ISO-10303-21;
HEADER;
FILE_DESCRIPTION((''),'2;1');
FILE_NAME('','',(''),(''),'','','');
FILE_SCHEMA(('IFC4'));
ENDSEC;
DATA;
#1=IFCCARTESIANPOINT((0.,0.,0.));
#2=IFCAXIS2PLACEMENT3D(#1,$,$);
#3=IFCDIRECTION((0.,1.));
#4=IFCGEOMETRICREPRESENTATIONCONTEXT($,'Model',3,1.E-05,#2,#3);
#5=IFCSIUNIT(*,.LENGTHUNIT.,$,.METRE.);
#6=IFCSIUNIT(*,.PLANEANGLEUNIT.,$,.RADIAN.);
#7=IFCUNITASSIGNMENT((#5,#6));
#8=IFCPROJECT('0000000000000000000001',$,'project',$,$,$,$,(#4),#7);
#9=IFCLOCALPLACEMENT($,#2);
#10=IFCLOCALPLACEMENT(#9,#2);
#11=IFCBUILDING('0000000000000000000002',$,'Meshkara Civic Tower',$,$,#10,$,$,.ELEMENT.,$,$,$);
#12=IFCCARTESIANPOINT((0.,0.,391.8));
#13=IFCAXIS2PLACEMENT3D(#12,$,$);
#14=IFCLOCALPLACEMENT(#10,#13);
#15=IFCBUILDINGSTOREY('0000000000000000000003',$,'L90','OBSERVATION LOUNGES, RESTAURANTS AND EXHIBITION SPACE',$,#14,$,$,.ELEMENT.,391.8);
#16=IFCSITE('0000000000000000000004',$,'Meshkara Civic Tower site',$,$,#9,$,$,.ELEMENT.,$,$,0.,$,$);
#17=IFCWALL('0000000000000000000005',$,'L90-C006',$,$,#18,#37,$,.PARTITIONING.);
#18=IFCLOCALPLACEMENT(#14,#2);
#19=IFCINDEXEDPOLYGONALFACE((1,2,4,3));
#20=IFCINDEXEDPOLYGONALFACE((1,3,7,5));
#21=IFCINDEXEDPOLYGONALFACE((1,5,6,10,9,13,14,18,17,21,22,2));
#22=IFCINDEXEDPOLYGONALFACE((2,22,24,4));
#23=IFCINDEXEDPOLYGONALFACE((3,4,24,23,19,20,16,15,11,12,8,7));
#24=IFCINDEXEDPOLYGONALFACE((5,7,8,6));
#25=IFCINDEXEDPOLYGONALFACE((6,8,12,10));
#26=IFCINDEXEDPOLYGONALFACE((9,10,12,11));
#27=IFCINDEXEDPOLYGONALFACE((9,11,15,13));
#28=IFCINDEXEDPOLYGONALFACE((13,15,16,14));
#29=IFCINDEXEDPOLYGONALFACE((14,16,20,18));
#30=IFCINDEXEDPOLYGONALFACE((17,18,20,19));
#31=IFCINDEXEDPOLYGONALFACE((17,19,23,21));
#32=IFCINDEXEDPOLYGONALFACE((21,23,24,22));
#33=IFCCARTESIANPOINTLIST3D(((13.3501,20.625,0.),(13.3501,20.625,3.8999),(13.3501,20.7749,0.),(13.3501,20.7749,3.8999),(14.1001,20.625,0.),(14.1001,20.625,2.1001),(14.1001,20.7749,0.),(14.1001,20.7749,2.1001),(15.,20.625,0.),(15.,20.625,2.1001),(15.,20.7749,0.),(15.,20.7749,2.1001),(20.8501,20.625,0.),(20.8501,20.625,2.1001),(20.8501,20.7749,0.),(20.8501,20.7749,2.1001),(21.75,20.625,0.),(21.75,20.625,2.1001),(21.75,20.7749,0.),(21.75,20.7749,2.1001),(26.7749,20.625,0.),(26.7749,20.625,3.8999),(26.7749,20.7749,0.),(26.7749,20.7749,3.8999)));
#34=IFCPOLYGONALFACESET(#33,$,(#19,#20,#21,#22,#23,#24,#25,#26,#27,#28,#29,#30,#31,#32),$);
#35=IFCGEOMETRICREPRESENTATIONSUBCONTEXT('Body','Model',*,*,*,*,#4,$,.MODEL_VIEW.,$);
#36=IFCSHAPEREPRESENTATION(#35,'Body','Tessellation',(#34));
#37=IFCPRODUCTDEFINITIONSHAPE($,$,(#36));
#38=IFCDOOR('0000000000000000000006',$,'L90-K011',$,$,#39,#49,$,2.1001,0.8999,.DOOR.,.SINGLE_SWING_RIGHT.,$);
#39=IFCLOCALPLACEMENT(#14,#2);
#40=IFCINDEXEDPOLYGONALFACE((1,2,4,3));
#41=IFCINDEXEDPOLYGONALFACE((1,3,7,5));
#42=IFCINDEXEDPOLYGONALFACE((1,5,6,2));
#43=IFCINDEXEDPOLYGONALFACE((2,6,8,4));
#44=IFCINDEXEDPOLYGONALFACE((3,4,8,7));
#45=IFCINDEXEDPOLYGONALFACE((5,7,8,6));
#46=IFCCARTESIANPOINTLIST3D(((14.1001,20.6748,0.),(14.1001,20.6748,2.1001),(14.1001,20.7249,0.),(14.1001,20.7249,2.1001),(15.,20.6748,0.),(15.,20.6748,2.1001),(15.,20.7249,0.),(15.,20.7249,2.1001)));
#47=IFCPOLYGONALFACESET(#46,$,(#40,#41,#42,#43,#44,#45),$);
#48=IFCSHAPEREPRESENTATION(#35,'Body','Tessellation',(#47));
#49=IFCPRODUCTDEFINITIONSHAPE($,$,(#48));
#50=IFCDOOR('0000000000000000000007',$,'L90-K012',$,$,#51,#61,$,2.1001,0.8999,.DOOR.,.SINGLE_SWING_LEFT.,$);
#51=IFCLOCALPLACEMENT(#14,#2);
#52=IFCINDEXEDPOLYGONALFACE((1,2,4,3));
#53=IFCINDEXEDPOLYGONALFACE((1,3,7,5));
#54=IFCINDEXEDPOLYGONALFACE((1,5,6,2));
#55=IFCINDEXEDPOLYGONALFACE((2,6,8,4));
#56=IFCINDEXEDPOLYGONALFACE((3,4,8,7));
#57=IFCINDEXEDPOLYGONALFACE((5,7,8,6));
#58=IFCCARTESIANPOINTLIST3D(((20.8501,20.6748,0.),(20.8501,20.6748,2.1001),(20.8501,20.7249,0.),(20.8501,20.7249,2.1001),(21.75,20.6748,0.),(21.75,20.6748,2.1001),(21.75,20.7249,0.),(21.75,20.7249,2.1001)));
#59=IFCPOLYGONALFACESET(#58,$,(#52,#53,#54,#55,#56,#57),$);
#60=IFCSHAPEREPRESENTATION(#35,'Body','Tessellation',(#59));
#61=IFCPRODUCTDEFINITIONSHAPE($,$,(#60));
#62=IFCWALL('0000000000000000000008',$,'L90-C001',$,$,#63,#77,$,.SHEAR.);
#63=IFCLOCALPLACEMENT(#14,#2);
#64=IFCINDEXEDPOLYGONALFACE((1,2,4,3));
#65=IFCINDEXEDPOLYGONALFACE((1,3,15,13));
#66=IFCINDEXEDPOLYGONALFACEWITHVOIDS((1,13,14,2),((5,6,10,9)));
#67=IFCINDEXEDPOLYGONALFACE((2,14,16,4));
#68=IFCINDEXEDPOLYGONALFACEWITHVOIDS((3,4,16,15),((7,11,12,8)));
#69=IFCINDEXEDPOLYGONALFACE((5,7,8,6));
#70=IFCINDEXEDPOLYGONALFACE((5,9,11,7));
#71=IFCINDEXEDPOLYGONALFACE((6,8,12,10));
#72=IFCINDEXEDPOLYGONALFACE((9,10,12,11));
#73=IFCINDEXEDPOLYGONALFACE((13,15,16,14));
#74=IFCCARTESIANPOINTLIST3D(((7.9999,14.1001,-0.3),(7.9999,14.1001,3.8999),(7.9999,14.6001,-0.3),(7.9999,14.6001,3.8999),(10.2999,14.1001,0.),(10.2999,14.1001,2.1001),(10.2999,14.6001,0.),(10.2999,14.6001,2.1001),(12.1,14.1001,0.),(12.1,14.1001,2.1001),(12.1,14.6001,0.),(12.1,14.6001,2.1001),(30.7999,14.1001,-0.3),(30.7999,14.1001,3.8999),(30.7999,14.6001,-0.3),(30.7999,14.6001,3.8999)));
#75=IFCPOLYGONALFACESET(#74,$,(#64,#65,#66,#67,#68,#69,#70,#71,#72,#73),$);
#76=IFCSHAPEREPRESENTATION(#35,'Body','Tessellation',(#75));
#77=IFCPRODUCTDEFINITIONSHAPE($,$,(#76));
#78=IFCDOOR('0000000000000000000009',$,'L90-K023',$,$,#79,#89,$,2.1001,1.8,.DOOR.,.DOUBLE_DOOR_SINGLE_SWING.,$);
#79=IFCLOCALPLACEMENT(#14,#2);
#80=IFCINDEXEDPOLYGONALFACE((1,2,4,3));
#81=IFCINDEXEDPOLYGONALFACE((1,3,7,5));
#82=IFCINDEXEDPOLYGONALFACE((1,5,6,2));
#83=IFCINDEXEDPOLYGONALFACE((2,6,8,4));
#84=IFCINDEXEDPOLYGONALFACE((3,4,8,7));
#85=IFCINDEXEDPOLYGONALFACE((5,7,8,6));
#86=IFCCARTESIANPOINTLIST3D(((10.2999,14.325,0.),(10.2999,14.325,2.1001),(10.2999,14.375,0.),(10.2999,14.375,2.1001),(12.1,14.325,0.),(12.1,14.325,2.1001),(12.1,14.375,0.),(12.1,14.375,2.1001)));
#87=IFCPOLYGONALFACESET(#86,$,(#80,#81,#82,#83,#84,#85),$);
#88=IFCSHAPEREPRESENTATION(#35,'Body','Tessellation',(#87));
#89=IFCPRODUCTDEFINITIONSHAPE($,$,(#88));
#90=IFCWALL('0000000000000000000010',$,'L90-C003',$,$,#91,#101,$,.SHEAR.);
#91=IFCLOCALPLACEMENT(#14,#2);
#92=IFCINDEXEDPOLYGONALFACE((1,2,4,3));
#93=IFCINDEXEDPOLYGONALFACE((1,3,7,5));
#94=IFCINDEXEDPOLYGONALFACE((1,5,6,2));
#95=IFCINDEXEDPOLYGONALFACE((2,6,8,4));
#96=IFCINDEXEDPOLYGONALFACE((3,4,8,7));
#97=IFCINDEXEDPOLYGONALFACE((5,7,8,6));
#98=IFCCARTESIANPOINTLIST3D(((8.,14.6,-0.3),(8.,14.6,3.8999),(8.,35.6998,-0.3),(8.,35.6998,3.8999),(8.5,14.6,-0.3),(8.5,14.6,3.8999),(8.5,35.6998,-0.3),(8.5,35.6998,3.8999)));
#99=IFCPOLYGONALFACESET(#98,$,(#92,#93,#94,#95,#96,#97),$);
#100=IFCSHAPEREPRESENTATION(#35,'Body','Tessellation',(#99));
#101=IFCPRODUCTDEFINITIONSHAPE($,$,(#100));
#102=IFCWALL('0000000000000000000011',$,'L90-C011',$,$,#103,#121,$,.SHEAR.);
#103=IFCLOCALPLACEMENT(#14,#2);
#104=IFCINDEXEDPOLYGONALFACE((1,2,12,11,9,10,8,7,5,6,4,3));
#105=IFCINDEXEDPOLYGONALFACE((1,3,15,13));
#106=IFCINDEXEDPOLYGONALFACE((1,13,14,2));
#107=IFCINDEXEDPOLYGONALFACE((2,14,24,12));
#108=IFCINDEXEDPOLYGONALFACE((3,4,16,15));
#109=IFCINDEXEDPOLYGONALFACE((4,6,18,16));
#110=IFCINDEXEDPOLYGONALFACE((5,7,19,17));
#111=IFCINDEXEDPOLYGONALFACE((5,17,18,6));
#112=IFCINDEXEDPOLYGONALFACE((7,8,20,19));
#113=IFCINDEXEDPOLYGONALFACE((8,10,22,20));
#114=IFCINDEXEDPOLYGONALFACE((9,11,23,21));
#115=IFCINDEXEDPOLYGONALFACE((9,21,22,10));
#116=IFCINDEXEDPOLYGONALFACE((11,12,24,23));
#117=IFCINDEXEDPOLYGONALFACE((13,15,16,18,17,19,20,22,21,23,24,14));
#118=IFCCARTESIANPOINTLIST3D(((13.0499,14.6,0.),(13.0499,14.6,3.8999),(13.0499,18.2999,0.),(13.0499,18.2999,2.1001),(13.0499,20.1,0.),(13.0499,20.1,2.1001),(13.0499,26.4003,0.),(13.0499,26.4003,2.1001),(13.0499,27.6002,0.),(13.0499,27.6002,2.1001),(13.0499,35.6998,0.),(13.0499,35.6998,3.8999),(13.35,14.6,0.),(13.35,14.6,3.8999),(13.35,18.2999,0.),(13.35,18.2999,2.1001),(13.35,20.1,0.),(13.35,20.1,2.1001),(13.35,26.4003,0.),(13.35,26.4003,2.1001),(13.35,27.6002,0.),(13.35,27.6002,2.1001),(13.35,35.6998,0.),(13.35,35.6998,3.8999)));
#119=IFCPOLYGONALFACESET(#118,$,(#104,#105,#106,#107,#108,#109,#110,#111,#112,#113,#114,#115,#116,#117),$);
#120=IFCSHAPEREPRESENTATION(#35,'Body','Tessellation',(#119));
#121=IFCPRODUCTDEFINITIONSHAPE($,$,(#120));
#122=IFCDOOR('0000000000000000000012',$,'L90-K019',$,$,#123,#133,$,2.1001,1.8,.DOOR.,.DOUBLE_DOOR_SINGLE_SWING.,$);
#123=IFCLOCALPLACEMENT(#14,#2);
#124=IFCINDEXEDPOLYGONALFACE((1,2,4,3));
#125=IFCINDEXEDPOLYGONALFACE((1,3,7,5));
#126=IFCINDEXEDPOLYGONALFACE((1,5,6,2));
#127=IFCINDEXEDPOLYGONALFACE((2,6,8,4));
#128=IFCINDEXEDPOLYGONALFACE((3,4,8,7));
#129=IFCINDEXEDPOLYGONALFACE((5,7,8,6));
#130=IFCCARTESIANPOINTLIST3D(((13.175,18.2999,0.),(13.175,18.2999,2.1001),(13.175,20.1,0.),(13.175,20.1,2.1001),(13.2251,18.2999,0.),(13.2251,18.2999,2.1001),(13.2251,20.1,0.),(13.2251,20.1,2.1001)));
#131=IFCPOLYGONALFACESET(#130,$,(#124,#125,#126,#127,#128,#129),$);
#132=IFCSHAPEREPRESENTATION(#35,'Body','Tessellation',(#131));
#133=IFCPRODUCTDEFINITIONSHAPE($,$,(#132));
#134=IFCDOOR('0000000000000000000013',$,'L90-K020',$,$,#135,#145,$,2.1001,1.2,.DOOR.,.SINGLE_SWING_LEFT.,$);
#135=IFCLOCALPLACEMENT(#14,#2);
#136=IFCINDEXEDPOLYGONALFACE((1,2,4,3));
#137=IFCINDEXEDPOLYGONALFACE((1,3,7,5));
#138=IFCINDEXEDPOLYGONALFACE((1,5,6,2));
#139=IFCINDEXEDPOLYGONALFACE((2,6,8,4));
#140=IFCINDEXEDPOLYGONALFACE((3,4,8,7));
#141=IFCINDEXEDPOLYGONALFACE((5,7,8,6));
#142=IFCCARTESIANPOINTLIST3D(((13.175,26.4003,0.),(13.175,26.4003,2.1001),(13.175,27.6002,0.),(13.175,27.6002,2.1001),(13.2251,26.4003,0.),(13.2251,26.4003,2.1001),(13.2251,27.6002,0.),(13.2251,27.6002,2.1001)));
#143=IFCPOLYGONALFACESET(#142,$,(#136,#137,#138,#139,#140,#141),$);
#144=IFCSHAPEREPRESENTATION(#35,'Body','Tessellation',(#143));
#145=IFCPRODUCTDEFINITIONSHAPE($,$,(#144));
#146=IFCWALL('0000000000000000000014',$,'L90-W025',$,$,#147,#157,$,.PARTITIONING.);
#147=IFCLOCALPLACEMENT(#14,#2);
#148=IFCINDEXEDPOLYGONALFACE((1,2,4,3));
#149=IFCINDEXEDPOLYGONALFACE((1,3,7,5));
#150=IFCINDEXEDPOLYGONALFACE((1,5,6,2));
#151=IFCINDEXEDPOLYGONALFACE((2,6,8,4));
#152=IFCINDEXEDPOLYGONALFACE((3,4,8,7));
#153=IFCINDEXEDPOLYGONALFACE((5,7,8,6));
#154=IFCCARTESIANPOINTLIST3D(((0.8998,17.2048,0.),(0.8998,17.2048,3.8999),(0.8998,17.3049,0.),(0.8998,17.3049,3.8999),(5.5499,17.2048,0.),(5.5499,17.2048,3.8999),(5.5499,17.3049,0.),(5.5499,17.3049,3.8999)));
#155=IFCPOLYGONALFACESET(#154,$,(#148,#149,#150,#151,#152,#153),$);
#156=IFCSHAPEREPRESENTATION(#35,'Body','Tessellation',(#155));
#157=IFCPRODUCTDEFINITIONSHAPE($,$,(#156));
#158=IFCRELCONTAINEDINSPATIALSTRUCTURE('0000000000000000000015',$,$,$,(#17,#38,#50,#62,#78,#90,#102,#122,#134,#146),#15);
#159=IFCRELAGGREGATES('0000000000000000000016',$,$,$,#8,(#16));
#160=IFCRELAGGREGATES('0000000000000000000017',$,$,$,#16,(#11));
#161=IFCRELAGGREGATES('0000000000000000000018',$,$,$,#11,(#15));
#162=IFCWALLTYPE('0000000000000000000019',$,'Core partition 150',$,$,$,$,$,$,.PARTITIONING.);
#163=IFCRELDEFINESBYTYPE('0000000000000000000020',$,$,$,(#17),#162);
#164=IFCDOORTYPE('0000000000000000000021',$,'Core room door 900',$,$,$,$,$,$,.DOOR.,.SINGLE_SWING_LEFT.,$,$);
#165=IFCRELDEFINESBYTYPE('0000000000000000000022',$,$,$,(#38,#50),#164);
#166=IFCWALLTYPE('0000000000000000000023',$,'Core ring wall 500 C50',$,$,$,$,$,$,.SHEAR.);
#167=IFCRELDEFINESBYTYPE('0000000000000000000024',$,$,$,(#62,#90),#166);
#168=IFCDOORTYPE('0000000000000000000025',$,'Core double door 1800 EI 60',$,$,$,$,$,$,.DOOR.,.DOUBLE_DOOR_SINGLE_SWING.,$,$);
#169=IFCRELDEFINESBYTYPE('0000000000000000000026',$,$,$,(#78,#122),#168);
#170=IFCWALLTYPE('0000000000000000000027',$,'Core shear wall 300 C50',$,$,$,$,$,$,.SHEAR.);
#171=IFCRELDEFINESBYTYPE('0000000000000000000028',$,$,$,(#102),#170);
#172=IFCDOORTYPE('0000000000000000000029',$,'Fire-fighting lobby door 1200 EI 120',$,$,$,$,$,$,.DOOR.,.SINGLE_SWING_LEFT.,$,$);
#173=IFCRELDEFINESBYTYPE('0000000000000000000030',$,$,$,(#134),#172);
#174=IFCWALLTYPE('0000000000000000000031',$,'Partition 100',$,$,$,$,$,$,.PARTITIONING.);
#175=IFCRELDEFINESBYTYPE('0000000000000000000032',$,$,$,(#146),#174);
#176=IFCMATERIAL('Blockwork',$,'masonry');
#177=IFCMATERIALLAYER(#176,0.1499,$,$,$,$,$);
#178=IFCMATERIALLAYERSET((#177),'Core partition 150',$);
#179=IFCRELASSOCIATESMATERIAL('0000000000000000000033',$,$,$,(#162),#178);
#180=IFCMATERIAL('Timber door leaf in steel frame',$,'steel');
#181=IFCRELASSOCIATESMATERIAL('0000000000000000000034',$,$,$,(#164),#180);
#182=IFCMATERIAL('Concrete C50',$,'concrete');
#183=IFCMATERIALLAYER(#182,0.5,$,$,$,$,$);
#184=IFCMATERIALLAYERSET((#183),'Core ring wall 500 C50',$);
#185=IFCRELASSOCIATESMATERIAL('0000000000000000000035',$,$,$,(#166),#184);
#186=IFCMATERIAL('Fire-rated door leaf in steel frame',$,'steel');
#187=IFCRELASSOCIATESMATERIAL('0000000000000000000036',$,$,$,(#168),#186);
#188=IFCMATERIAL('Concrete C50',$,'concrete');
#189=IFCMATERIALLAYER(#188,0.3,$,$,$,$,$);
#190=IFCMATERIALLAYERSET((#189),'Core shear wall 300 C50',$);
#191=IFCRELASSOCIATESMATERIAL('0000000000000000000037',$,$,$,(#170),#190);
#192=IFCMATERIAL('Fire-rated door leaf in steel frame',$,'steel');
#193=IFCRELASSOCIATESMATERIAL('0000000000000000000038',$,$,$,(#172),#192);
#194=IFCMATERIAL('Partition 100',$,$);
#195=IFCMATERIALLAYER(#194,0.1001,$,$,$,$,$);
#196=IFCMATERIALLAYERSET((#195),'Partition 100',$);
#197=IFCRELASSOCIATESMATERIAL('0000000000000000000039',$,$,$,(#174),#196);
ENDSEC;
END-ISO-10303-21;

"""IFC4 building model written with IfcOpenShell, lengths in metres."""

from ifc_helpers import new_model, si_unit, direction, frame, frame_2d, origin, place, context, subcontext, project, spatial, rectangle, extrude, material, layer, layer_set, type_object, element, fill, save


model = new_model("IFC4")

# Units and contexts
model_context = context("Model", 3, precision=1e-05, world=origin(), true_north=direction((0.0, 1.0)))
body_context = subcontext(model_context, "Body", "Model", "MODEL_VIEW")
ifc_project = project(units=[si_unit("LENGTHUNIT", "METRE"), si_unit("PLANEANGLEUNIT", "RADIAN")], contexts=[model_context])

# Site, building, storey
site_placement = place(None, origin())
site = spatial("IfcSite", under=ifc_project, at=site_placement, Name="Meshkara Civic Tower site", CompositionType="ELEMENT", RefElevation=0.0)
building_placement = place(site_placement, origin())
building = spatial("IfcBuilding", under=site, at=building_placement, Name="Meshkara Civic Tower", CompositionType="ELEMENT")
storey_placement = place(building_placement, frame((0.0, 0.0, 391.8)))
storey = spatial("IfcBuildingStorey", under=building, at=storey_placement, Name="L90", Description="OBSERVATION LOUNGES, RESTAURANTS AND EXHIBITION SPACE", CompositionType="ELEMENT", Elevation=391.8)

# Wall, openings, doors
ifc_material_1 = material(Name="Blockwork", Category="masonry")
ifc_layer_1 = layer(ifc_material_1, 0.1499)
ifc_layer_set_1 = layer_set([ifc_layer_1], Name="Core partition 150")
wall_type_1 = type_object("IfcWallType", Name="Core partition 150", PredefinedType="PARTITIONING", material=ifc_layer_set_1)
wall_1_placement = place(storey_placement, frame((13.3501, 20.7, 0.0), z_axis=(0.0, 0.0, 1.0), x_axis=(1.0, 0.0, 0.0)))
wall_1 = element("IfcWall", 1, at=wall_1_placement, inside=storey, type_object=wall_type_1, Name="L90-C006", PredefinedType="PARTITIONING", context=body_context, shape_type="SweptSolid", body=[
    extrude(rectangle(XDim=13.4248, YDim=0.1499, at=frame_2d((6.7124, 0.0))), origin(), (0.0, 0.0, 1.0), 3.8999),
])
opening_1_placement = place(wall_1_placement, frame((0.75, 0.0, 0.0)))
opening_1 = element("IfcOpeningElement", 2, at=opening_1_placement, cuts=wall_1, PredefinedType="OPENING", context=body_context, shape_type="SweptSolid", body=[
    extrude(rectangle(XDim=0.8999, YDim=2.1001, at=frame_2d((0.45, 1.05))), frame((0.0, 0.085, 0.0), z_axis=(0.0, -1.0, 0.0), x_axis=(1.0, 0.0, 0.0)), (0.0, 0.0, 1.0), 0.1699),
])
opening_2_placement = place(wall_1_placement, frame((7.5, 0.0, 0.0)))
opening_2 = element("IfcOpeningElement", 3, at=opening_2_placement, cuts=wall_1, PredefinedType="OPENING", context=body_context, shape_type="SweptSolid", body=[
    extrude(rectangle(XDim=0.8999, YDim=2.1001, at=frame_2d((0.45, 1.05))), frame((0.0, 0.085, 0.0), z_axis=(0.0, -1.0, 0.0), x_axis=(1.0, 0.0, 0.0)), (0.0, 0.0, 1.0), 0.1699),
])
ifc_material_2 = material(Name="Timber door leaf in steel frame", Category="steel")
door_type_1 = type_object("IfcDoorType", Name="Core room door 900", OperationType="SINGLE_SWING_LEFT", PredefinedType="DOOR", material=ifc_material_2)
door_1_placement = place(opening_1_placement, origin())
door_1 = element("IfcDoor", 4, at=door_1_placement, inside=storey, type_object=door_type_1, Name="L90-K011", OperationType="SINGLE_SWING_RIGHT", OverallHeight=2.1001, OverallWidth=0.8999, PredefinedType="DOOR", context=body_context, shape_type="SweptSolid", body=[
    extrude(rectangle(XDim=0.8999, YDim=2.1001, at=frame_2d((0.45, 1.05))), frame((0.0, 0.0249, 0.0), z_axis=(0.0, -1.0, 0.0), x_axis=(1.0, 0.0, 0.0)), (0.0, 0.0, 1.0), 0.05),
])
fill(opening_1, door_1)
door_2_placement = place(opening_2_placement, origin())
door_2 = element("IfcDoor", 5, at=door_2_placement, inside=storey, type_object=door_type_1, Name="L90-K012", OperationType="SINGLE_SWING_LEFT", OverallHeight=2.1001, OverallWidth=0.8999, PredefinedType="DOOR", context=body_context, shape_type="SweptSolid", body=[
    extrude(rectangle(XDim=0.8999, YDim=2.1001, at=frame_2d((0.45, 1.05))), frame((0.0, 0.0249, 0.0), z_axis=(0.0, -1.0, 0.0), x_axis=(1.0, 0.0, 0.0)), (0.0, 0.0, 1.0), 0.05),
])
fill(opening_2, door_2)

# Wall, opening, door
ifc_material_3 = material(Name="Concrete C50", Category="concrete")
ifc_layer_2 = layer(ifc_material_3, 0.5)
ifc_layer_set_2 = layer_set([ifc_layer_2], Name="Core ring wall 500 C50")
wall_type_2 = type_object("IfcWallType", Name="Core ring wall 500 C50", PredefinedType="SHEAR", material=ifc_layer_set_2)
wall_2_placement = place(storey_placement, frame((8.0, 14.3501, -0.3), z_axis=(0.0, 0.0, 1.0), x_axis=(1.0, 0.0, 0.0)))
wall_2 = element("IfcWall", 6, at=wall_2_placement, inside=storey, type_object=wall_type_2, Name="L90-C001", PredefinedType="SHEAR", context=body_context, shape_type="SweptSolid", body=[
    extrude(rectangle(XDim=22.8, YDim=0.5, at=frame_2d((11.3999, 0.0))), origin(), (0.0, 0.0, 1.0), 4.2),
])
opening_3_placement = place(wall_2_placement, frame((2.3, 0.0, 0.3)))
opening_3 = element("IfcOpeningElement", 7, at=opening_3_placement, cuts=wall_2, PredefinedType="OPENING", context=body_context, shape_type="SweptSolid", body=[
    extrude(rectangle(XDim=1.8, YDim=2.1001, at=frame_2d((0.8999, 1.05))), frame((0.0, 0.26, 0.0), z_axis=(0.0, -1.0, 0.0), x_axis=(1.0, 0.0, 0.0)), (0.0, 0.0, 1.0), 0.52),
])
ifc_material_4 = material(Name="Fire-rated door leaf in steel frame", Category="steel")
door_type_2 = type_object("IfcDoorType", Name="Core double door 1800 EI 60", OperationType="DOUBLE_DOOR_SINGLE_SWING", PredefinedType="DOOR", material=ifc_material_4)
door_3_placement = place(opening_3_placement, origin())
door_3 = element("IfcDoor", 8, at=door_3_placement, inside=storey, type_object=door_type_2, Name="L90-K023", OperationType="DOUBLE_DOOR_SINGLE_SWING", OverallHeight=2.1001, OverallWidth=1.8, PredefinedType="DOOR", context=body_context, shape_type="SweptSolid", body=[
    extrude(rectangle(XDim=1.8, YDim=2.1001, at=frame_2d((0.8999, 1.05))), frame((0.0, 0.0249, 0.0), z_axis=(0.0, -1.0, 0.0), x_axis=(1.0, 0.0, 0.0)), (0.0, 0.0, 1.0), 0.05),
])
fill(opening_3, door_3)

# Wall
wall_3_placement = place(storey_placement, frame((8.25, 14.6001, -0.3), z_axis=(0.0, 0.0, 1.0), x_axis=(0.0, 1.0, 0.0)))
element("IfcWall", 9, at=wall_3_placement, inside=storey, type_object=wall_type_2, Name="L90-C003", PredefinedType="SHEAR", context=body_context, shape_type="SweptSolid", body=[
    extrude(rectangle(XDim=21.0999, YDim=0.5, at=frame_2d((10.5498, 0.0))), origin(), (0.0, 0.0, 1.0), 4.2),
])

# Wall, openings, doors
ifc_material_5 = material(Name="Concrete C50", Category="concrete")
ifc_layer_3 = layer(ifc_material_5, 0.3)
ifc_layer_set_3 = layer_set([ifc_layer_3], Name="Core shear wall 300 C50")
wall_type_3 = type_object("IfcWallType", Name="Core shear wall 300 C50", PredefinedType="SHEAR", material=ifc_layer_set_3)
wall_4_placement = place(storey_placement, frame((13.2, 14.6001, 0.0), z_axis=(0.0, 0.0, 1.0), x_axis=(0.0, 1.0, 0.0)))
wall_4 = element("IfcWall", 10, at=wall_4_placement, inside=storey, type_object=wall_type_3, Name="L90-C011", PredefinedType="SHEAR", context=body_context, shape_type="SweptSolid", body=[
    extrude(rectangle(XDim=21.0999, YDim=0.3, at=frame_2d((10.5498, 0.0))), origin(), (0.0, 0.0, 1.0), 3.8999),
])
opening_4_placement = place(wall_4_placement, frame((3.7, 0.0, 0.0)))
opening_4 = element("IfcOpeningElement", 11, at=opening_4_placement, cuts=wall_4, PredefinedType="OPENING", context=body_context, shape_type="SweptSolid", body=[
    extrude(rectangle(XDim=1.8, YDim=2.1001, at=frame_2d((0.8999, 1.05))), frame((0.0, 0.1599, 0.0), z_axis=(0.0, -1.0, 0.0), x_axis=(1.0, 0.0, 0.0)), (0.0, 0.0, 1.0), 0.3201),
])
opening_5_placement = place(wall_4_placement, frame((11.8, 0.0, 0.0)))
opening_5 = element("IfcOpeningElement", 12, at=opening_5_placement, cuts=wall_4, PredefinedType="OPENING", context=body_context, shape_type="SweptSolid", body=[
    extrude(rectangle(XDim=1.2, YDim=2.1001, at=frame_2d((0.6001, 1.05))), frame((0.0, 0.1599, 0.0), z_axis=(0.0, -1.0, 0.0), x_axis=(1.0, 0.0, 0.0)), (0.0, 0.0, 1.0), 0.3201),
])
door_4_placement = place(opening_4_placement, origin())
door_4 = element("IfcDoor", 13, at=door_4_placement, inside=storey, type_object=door_type_2, Name="L90-K019", OperationType="DOUBLE_DOOR_SINGLE_SWING", OverallHeight=2.1001, OverallWidth=1.8, PredefinedType="DOOR", context=body_context, shape_type="SweptSolid", body=[
    extrude(rectangle(XDim=1.8, YDim=2.1001, at=frame_2d((0.8999, 1.05))), frame((0.0, 0.0249, 0.0), z_axis=(0.0, -1.0, 0.0), x_axis=(1.0, 0.0, 0.0)), (0.0, 0.0, 1.0), 0.05),
])
fill(opening_4, door_4)
ifc_material_6 = material(Name="Fire-rated door leaf in steel frame", Category="steel")
door_type_3 = type_object("IfcDoorType", Name="Fire-fighting lobby door 1200 EI 120", OperationType="SINGLE_SWING_LEFT", PredefinedType="DOOR", material=ifc_material_6)
door_5_placement = place(opening_5_placement, origin())
door_5 = element("IfcDoor", 14, at=door_5_placement, inside=storey, type_object=door_type_3, Name="L90-K020", OperationType="SINGLE_SWING_LEFT", OverallHeight=2.1001, OverallWidth=1.2, PredefinedType="DOOR", context=body_context, shape_type="SweptSolid", body=[
    extrude(rectangle(XDim=1.2, YDim=2.1001, at=frame_2d((0.6001, 1.05))), frame((0.0, 0.0249, 0.0), z_axis=(0.0, -1.0, 0.0), x_axis=(1.0, 0.0, 0.0)), (0.0, 0.0, 1.0), 0.05),
])
fill(opening_5, door_5)

# Wall
ifc_material_7 = material(Name="Partition 100")
ifc_layer_4 = layer(ifc_material_7, 0.1001)
ifc_layer_set_4 = layer_set([ifc_layer_4], Name="Partition 100")
wall_type_4 = type_object("IfcWallType", Name="Partition 100", PredefinedType="PARTITIONING", material=ifc_layer_set_4)
wall_5_placement = place(storey_placement, frame((5.55, 17.2549, 0.0), z_axis=(0.0, 0.0, 1.0), x_axis=(-1.0, 0.0, 0.0)))
element("IfcWall", 15, at=wall_5_placement, inside=storey, type_object=wall_type_4, Name="L90-W025", PredefinedType="PARTITIONING", context=body_context, shape_type="SweptSolid", body=[
    extrude(rectangle(XDim=4.6501, YDim=0.1001, at=frame_2d((2.3252, 0.0))), origin(), (0.0, 0.0, 1.0), 3.8999),
])

save(model, "model.ifc")
